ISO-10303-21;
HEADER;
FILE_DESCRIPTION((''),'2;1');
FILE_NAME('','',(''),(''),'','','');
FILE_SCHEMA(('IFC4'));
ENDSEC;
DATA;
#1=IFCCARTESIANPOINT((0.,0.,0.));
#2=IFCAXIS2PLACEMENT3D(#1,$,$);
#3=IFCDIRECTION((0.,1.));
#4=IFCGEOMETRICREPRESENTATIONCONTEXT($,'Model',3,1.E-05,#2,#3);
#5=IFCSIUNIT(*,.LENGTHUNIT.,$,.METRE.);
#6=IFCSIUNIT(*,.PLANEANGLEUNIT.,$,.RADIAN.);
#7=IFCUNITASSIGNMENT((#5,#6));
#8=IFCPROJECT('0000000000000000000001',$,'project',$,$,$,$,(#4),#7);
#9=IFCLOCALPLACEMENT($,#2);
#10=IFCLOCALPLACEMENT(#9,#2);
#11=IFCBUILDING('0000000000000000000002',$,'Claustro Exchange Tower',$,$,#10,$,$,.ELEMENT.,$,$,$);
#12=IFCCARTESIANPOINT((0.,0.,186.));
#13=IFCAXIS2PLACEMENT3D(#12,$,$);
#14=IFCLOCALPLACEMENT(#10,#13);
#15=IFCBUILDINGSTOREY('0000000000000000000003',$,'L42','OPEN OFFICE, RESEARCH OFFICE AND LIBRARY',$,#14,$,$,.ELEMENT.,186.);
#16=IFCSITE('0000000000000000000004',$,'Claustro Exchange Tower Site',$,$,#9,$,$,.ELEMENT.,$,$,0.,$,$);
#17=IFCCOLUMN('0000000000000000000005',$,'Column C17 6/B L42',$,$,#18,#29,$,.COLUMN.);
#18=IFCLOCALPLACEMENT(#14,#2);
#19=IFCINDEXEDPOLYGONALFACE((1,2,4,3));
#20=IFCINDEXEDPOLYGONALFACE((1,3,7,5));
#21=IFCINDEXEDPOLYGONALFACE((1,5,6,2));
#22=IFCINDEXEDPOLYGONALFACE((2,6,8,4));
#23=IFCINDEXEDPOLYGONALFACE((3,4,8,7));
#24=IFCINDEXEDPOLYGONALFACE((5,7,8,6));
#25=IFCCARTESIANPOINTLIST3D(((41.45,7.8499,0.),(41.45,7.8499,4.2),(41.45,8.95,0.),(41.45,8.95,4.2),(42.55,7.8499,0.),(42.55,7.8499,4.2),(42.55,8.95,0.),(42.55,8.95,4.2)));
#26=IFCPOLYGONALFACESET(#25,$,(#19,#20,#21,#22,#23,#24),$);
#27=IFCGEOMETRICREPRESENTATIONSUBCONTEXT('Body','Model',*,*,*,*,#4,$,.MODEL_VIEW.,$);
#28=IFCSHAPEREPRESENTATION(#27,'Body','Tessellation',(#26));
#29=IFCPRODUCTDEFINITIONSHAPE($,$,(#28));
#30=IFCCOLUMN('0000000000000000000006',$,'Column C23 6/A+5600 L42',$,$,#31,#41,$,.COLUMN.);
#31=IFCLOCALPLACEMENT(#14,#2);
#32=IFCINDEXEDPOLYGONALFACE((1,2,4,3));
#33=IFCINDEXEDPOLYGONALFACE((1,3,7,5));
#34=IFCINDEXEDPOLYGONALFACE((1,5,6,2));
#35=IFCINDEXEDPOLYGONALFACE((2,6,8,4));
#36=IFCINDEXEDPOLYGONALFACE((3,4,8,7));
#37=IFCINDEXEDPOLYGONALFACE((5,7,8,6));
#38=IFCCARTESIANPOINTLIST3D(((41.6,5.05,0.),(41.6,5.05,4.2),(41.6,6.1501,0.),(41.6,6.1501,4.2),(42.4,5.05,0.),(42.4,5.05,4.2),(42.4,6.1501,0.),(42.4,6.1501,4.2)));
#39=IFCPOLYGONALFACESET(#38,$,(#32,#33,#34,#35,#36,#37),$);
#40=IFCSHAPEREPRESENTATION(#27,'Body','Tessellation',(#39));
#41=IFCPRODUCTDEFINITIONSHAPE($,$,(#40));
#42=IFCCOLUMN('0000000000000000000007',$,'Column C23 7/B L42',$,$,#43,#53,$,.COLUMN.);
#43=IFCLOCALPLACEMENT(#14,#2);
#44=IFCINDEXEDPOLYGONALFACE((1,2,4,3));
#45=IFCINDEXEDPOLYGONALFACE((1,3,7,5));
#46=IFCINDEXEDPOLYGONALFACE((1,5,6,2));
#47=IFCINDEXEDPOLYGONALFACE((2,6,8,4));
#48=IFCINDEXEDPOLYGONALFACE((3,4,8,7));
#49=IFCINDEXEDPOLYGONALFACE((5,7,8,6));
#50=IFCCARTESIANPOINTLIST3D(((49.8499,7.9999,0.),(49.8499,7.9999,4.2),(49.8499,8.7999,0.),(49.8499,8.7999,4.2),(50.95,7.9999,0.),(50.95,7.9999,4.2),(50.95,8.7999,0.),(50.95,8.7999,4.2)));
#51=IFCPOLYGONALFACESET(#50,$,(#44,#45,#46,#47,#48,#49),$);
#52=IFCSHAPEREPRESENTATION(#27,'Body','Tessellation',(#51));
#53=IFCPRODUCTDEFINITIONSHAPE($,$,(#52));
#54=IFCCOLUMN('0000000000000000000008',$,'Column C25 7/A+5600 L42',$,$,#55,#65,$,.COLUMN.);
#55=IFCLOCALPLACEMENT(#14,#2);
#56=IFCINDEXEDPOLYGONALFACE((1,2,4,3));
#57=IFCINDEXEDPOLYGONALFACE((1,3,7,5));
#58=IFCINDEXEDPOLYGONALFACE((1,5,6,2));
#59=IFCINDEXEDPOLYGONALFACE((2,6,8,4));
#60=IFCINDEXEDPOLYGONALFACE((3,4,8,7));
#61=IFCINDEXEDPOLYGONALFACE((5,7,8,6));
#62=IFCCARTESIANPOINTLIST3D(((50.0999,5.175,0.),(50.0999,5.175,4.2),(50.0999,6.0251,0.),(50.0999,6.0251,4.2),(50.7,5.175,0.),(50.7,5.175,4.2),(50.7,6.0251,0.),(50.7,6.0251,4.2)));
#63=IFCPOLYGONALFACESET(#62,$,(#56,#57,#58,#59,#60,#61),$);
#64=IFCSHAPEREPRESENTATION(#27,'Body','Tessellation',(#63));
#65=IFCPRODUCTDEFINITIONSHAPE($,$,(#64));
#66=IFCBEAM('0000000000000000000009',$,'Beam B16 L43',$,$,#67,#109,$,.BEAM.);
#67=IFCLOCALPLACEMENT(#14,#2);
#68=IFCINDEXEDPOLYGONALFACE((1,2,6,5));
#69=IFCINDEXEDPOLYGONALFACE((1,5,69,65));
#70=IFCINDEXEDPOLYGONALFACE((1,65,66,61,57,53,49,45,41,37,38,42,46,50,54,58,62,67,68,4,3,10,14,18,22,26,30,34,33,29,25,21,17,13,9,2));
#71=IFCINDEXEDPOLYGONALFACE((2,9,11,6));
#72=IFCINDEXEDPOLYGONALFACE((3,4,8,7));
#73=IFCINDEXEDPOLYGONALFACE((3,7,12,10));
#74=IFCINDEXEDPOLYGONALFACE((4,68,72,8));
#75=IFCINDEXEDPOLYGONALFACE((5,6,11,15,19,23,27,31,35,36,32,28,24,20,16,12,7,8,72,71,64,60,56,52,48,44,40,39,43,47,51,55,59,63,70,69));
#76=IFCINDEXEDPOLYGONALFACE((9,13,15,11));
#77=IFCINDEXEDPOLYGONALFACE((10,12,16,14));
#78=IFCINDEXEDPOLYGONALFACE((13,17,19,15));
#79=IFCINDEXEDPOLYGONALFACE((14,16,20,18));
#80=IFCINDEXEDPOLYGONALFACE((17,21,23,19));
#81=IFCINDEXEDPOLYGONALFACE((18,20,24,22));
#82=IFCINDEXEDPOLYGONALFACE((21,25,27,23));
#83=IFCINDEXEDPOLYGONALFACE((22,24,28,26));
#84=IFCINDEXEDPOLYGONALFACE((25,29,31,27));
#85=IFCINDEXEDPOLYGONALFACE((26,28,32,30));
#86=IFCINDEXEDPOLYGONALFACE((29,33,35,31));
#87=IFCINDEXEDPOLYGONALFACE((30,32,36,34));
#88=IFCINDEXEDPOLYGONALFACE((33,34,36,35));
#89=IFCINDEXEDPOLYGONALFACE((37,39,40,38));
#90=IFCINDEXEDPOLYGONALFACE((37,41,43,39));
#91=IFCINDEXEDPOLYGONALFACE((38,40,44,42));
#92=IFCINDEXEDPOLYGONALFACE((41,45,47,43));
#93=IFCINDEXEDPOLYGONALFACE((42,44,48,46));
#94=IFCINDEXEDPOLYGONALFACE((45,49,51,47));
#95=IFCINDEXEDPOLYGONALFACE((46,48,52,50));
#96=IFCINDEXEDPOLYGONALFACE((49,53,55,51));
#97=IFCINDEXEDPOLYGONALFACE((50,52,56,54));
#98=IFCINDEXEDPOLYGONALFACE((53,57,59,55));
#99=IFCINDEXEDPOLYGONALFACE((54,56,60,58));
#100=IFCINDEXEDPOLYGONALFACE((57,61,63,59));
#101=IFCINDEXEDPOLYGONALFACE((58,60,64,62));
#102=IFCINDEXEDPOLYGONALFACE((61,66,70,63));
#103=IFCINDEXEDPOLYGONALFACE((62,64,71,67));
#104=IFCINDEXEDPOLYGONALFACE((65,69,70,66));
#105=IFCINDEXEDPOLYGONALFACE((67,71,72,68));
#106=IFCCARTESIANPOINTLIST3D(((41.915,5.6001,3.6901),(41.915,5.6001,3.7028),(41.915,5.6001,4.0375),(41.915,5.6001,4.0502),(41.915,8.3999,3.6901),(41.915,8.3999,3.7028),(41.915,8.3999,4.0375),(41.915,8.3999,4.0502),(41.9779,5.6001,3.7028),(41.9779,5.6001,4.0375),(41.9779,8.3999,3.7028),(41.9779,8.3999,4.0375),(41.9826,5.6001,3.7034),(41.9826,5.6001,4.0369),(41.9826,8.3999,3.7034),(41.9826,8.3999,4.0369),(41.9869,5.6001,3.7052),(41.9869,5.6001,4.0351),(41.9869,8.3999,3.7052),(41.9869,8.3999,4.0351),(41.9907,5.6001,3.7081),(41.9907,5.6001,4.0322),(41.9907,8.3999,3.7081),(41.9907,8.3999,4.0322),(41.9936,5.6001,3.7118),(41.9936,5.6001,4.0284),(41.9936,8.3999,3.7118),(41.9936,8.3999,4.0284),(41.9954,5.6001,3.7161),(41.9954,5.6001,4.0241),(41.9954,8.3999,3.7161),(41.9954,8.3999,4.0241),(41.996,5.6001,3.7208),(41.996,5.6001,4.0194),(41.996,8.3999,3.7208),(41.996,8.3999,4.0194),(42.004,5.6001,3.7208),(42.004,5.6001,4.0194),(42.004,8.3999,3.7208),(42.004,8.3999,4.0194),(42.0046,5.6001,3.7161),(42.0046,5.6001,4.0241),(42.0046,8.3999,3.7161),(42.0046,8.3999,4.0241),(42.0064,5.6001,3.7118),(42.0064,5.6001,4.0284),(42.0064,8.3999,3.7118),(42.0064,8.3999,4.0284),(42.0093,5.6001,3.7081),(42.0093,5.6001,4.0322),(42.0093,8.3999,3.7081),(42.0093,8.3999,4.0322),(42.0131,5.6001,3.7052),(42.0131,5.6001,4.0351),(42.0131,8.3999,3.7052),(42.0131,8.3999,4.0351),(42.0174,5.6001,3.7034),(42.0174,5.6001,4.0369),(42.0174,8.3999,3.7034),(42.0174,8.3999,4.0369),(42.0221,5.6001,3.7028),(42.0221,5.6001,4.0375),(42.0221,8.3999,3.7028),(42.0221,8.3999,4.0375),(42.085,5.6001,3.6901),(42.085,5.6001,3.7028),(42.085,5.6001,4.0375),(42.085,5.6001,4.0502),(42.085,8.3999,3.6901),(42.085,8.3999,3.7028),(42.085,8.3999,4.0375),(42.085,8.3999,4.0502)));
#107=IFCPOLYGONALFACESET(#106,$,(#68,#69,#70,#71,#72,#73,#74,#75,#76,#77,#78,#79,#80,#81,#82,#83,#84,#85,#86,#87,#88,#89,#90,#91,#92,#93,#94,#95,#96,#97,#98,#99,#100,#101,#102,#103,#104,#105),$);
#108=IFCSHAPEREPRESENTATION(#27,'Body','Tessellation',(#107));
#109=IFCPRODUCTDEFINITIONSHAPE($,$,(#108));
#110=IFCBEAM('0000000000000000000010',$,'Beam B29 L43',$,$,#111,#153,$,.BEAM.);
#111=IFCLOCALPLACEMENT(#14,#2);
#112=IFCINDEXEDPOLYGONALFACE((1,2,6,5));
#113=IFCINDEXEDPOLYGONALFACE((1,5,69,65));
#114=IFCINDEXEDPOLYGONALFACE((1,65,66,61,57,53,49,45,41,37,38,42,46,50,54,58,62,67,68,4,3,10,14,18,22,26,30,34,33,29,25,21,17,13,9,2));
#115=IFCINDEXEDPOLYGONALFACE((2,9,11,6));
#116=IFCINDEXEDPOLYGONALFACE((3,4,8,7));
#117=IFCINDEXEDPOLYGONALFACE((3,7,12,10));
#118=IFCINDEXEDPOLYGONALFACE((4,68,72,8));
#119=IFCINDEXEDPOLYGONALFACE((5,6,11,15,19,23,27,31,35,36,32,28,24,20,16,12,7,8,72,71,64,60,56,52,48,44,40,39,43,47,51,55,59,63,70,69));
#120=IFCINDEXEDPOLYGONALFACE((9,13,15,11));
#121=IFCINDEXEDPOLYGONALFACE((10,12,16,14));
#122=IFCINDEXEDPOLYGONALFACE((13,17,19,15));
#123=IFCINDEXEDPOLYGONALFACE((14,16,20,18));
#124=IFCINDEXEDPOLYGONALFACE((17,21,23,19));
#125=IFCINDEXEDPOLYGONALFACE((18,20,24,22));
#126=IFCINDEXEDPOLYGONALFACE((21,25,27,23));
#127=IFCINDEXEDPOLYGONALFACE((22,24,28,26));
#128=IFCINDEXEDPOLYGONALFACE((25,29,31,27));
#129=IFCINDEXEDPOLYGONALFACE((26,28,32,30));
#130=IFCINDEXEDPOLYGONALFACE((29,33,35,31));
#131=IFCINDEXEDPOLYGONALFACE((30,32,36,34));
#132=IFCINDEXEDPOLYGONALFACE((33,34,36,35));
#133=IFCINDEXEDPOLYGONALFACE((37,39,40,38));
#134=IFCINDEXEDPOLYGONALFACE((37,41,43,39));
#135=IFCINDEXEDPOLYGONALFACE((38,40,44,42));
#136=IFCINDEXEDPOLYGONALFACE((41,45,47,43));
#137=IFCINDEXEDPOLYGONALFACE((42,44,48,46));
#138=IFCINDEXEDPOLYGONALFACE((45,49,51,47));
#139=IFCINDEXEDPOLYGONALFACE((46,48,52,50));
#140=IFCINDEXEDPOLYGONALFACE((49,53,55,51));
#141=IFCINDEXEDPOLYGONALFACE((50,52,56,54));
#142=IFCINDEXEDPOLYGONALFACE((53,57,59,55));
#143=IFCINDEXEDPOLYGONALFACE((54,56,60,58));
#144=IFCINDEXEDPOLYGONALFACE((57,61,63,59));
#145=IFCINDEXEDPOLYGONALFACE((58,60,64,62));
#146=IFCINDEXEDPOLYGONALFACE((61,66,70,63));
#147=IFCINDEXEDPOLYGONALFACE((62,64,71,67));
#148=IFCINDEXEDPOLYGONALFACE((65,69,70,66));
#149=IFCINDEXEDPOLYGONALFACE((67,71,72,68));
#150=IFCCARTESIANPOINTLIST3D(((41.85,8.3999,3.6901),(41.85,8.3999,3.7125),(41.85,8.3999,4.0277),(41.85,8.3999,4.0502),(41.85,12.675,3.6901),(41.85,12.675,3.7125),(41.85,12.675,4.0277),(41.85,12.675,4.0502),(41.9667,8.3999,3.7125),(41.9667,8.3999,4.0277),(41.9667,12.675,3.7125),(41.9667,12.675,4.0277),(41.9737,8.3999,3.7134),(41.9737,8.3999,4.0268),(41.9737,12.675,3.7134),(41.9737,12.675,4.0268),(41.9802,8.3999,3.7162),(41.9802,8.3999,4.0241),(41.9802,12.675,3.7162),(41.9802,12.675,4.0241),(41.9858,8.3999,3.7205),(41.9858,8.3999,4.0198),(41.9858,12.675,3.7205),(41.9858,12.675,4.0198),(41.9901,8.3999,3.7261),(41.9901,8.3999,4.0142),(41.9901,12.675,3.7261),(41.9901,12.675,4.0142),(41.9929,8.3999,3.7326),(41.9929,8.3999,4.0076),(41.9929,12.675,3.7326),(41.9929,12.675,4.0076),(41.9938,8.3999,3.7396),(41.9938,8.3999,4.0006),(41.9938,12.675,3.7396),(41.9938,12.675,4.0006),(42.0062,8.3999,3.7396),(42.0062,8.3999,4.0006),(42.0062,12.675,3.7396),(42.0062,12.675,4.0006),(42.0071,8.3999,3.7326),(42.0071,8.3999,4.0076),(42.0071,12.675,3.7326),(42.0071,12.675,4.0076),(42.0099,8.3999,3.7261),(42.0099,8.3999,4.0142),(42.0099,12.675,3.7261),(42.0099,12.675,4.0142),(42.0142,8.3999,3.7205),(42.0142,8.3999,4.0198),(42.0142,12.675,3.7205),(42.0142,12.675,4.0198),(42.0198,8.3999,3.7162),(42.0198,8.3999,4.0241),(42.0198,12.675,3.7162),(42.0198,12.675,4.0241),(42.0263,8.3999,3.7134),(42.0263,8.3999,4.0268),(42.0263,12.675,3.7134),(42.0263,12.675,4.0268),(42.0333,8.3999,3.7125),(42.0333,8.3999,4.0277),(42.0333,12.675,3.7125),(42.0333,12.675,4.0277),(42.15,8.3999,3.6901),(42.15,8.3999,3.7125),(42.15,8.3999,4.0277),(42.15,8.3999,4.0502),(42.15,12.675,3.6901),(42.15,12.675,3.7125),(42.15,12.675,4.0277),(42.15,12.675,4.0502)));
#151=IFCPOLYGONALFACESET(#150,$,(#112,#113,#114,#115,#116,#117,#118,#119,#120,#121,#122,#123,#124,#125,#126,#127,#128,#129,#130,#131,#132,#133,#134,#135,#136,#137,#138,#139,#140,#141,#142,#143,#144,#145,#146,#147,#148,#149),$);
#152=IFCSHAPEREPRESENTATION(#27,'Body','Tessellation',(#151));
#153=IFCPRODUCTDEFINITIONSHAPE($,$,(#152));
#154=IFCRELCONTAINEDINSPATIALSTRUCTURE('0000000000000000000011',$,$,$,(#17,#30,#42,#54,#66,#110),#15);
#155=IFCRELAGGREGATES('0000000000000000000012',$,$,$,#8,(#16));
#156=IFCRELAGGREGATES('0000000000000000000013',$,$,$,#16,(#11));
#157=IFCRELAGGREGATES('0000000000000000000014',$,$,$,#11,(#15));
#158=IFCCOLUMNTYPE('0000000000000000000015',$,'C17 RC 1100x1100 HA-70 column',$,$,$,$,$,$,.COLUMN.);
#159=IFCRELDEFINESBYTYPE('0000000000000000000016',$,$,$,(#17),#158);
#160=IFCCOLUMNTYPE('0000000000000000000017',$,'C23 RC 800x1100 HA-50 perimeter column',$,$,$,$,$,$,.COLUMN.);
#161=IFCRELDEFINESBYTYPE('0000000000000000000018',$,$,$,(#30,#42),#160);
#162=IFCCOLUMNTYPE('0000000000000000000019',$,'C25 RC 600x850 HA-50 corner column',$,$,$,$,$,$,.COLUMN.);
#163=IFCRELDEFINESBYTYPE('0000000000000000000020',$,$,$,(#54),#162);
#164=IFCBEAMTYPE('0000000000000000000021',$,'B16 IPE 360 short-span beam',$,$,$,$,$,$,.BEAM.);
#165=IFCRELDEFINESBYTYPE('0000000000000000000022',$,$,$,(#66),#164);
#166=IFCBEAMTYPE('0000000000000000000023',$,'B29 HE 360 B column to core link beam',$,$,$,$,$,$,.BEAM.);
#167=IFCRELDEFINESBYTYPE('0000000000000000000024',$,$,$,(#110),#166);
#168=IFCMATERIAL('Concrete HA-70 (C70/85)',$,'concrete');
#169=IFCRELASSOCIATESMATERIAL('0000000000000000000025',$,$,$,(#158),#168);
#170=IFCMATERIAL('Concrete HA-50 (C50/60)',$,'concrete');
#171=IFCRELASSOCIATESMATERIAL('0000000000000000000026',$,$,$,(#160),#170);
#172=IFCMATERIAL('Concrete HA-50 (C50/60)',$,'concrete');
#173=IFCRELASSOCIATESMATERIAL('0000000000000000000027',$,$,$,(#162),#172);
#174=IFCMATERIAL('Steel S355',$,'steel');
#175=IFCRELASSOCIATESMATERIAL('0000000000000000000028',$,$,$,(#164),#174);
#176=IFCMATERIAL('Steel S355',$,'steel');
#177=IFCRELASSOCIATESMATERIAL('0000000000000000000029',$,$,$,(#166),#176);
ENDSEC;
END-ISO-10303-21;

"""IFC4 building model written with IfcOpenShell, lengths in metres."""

from ifc_helpers import new_model, si_unit, direction, frame, origin, origin_2d, place, context, subcontext, project, spatial, rectangle, i_section, extrude, material, material_profile, profile_set, type_object, element, save


model = new_model("IFC4")

# Units and contexts
model_context = context("Model", 3, precision=1e-05, world=origin(), true_north=direction((0.0, 1.0)))
body_context = subcontext(model_context, "Body", "Model", "MODEL_VIEW")
ifc_project = project(units=[si_unit("LENGTHUNIT", "METRE"), si_unit("PLANEANGLEUNIT", "RADIAN")], contexts=[model_context])

# Site, building, storey
site_placement = place(None, origin())
site = spatial("IfcSite", under=ifc_project, at=site_placement, Name="Claustro Exchange Tower Site", CompositionType="ELEMENT", RefElevation=0.0)
building_placement = place(site_placement, origin())
building = spatial("IfcBuilding", under=site, at=building_placement, Name="Claustro Exchange Tower", CompositionType="ELEMENT")
storey_placement = place(building_placement, frame((0.0, 0.0, 186.0)))
storey = spatial("IfcBuildingStorey", under=building, at=storey_placement, Name="L42", Description="OPEN OFFICE, RESEARCH OFFICE AND LIBRARY", CompositionType="ELEMENT", Elevation=186.0)

# Columns
ifc_material_1 = material(Name="Concrete HA-70 (C70/85)", Category="concrete")
ifc_material_profile_1 = material_profile(ifc_material_1, rectangle(XDim=1.1001, YDim=1.1001, at=origin_2d()), Name="RC 1100x1100")
ifc_profile_set_1 = profile_set([ifc_material_profile_1], Name="Concrete HA-70 (C70/85)")
column_type_1 = type_object("IfcColumnType", Name="C17 RC 1100x1100 HA-70 column", PredefinedType="COLUMN", material=ifc_profile_set_1)
column_1_placement = place(storey_placement, frame((42.0, 8.3999, 0.0), z_axis=(0.0, 0.0, 1.0), x_axis=(1.0, 0.0, 0.0)))
element("IfcColumn", 1, at=column_1_placement, inside=storey, type_object=column_type_1, Name="Column C17 6/B L42", PredefinedType="COLUMN", context=body_context, shape_type="SweptSolid", body=[
    extrude(rectangle(XDim=1.1001, YDim=1.1001, at=origin_2d()), origin(), (0.0, 0.0, 1.0), 4.2),
])
ifc_material_2 = material(Name="Concrete HA-50 (C50/60)", Category="concrete")
ifc_material_profile_2 = material_profile(ifc_material_2, rectangle(XDim=0.8, YDim=1.1001, at=origin_2d()), Name="RC 800x1100")
ifc_profile_set_2 = profile_set([ifc_material_profile_2], Name="Concrete HA-50 (C50/60)")
column_type_2 = type_object("IfcColumnType", Name="C23 RC 800x1100 HA-50 perimeter column", PredefinedType="COLUMN", material=ifc_profile_set_2)
for number, where, z_axis, x_axis, name in (
    (2, (42.0, 5.6001, 0.0), (0.0, 0.0, 1.0), (1.0, 0.0, 0.0), "Column C23 6/A+5600 L42"),
    (3, (50.3999, 8.3999, 0.0), (0.0, 0.0, 1.0), (0.0, 1.0, 0.0), "Column C23 7/B L42"),
):
    element("IfcColumn", number, at=place(storey_placement, frame(where, z_axis=z_axis, x_axis=x_axis)), inside=storey, type_object=column_type_2, Name=name, PredefinedType="COLUMN", context=body_context, shape_type="SweptSolid", body=[
        extrude(rectangle(XDim=0.8, YDim=1.1001, at=origin_2d()), origin(), (0.0, 0.0, 1.0), 4.2),
    ])
ifc_material_3 = material(Name="Concrete HA-50 (C50/60)", Category="concrete")
ifc_material_profile_3 = material_profile(ifc_material_3, rectangle(XDim=0.6001, YDim=0.8501, at=origin_2d()), Name="RC 600x850")
ifc_profile_set_3 = profile_set([ifc_material_profile_3], Name="Concrete HA-50 (C50/60)")
column_type_3 = type_object("IfcColumnType", Name="C25 RC 600x850 HA-50 corner column", PredefinedType="COLUMN", material=ifc_profile_set_3)
column_2_placement = place(storey_placement, frame((50.3999, 5.6001, 0.0), z_axis=(0.0, 0.0, 1.0), x_axis=(1.0, 0.0, 0.0)))
element("IfcColumn", 4, at=column_2_placement, inside=storey, type_object=column_type_3, Name="Column C25 7/A+5600 L42", PredefinedType="COLUMN", context=body_context, shape_type="SweptSolid", body=[
    extrude(rectangle(XDim=0.6001, YDim=0.8501, at=origin_2d()), origin(), (0.0, 0.0, 1.0), 4.2),
])

# Beams
ifc_material_4 = material(Name="Steel S355", Category="steel")
ifc_material_profile_4 = material_profile(ifc_material_4, i_section(OverallWidth=0.1699, OverallDepth=0.3601, WebThickness=0.0081, FlangeThickness=0.0127, FilletRadius=0.0181, at=origin_2d()), Name="IPE 360")
ifc_profile_set_4 = profile_set([ifc_material_profile_4], Name="Steel S355")
beam_type_1 = type_object("IfcBeamType", Name="B16 IPE 360 short-span beam", PredefinedType="BEAM", material=ifc_profile_set_4)
beam_1_placement = place(storey_placement, frame((42.0, 5.6001, 3.8701), z_axis=(0.0, 1.0, 0.0), x_axis=(-1.0, 0.0, 0.0)))
element("IfcBeam", 5, at=beam_1_placement, inside=storey, type_object=beam_type_1, Name="Beam B16 L43", PredefinedType="BEAM", context=body_context, shape_type="SweptSolid", body=[
    extrude(i_section(OverallWidth=0.1699, OverallDepth=0.3601, WebThickness=0.0081, FlangeThickness=0.0127, FilletRadius=0.0181, at=origin_2d()), origin(), (0.0, 0.0, 1.0), 2.7998),
])
ifc_material_5 = material(Name="Steel S355", Category="steel")
ifc_material_profile_5 = material_profile(ifc_material_5, i_section(OverallWidth=0.3, OverallDepth=0.3601, WebThickness=0.0125, FlangeThickness=0.0225, FilletRadius=0.0271, at=origin_2d()), Name="HE 360 B")
ifc_profile_set_5 = profile_set([ifc_material_profile_5], Name="Steel S355")
beam_type_2 = type_object("IfcBeamType", Name="B29 HE 360 B column to core link beam", PredefinedType="BEAM", material=ifc_profile_set_5)
beam_2_placement = place(storey_placement, frame((42.0, 8.3999, 3.8701), z_axis=(0.0, 1.0, 0.0), x_axis=(-1.0, 0.0, 0.0)))
element("IfcBeam", 6, at=beam_2_placement, inside=storey, type_object=beam_type_2, Name="Beam B29 L43", PredefinedType="BEAM", context=body_context, shape_type="SweptSolid", body=[
    extrude(i_section(OverallWidth=0.3, OverallDepth=0.3601, WebThickness=0.0125, FlangeThickness=0.0225, FilletRadius=0.0271, at=origin_2d()), origin(), (0.0, 0.0, 1.0), 4.2751),
])

save(model, "model.ifc")
